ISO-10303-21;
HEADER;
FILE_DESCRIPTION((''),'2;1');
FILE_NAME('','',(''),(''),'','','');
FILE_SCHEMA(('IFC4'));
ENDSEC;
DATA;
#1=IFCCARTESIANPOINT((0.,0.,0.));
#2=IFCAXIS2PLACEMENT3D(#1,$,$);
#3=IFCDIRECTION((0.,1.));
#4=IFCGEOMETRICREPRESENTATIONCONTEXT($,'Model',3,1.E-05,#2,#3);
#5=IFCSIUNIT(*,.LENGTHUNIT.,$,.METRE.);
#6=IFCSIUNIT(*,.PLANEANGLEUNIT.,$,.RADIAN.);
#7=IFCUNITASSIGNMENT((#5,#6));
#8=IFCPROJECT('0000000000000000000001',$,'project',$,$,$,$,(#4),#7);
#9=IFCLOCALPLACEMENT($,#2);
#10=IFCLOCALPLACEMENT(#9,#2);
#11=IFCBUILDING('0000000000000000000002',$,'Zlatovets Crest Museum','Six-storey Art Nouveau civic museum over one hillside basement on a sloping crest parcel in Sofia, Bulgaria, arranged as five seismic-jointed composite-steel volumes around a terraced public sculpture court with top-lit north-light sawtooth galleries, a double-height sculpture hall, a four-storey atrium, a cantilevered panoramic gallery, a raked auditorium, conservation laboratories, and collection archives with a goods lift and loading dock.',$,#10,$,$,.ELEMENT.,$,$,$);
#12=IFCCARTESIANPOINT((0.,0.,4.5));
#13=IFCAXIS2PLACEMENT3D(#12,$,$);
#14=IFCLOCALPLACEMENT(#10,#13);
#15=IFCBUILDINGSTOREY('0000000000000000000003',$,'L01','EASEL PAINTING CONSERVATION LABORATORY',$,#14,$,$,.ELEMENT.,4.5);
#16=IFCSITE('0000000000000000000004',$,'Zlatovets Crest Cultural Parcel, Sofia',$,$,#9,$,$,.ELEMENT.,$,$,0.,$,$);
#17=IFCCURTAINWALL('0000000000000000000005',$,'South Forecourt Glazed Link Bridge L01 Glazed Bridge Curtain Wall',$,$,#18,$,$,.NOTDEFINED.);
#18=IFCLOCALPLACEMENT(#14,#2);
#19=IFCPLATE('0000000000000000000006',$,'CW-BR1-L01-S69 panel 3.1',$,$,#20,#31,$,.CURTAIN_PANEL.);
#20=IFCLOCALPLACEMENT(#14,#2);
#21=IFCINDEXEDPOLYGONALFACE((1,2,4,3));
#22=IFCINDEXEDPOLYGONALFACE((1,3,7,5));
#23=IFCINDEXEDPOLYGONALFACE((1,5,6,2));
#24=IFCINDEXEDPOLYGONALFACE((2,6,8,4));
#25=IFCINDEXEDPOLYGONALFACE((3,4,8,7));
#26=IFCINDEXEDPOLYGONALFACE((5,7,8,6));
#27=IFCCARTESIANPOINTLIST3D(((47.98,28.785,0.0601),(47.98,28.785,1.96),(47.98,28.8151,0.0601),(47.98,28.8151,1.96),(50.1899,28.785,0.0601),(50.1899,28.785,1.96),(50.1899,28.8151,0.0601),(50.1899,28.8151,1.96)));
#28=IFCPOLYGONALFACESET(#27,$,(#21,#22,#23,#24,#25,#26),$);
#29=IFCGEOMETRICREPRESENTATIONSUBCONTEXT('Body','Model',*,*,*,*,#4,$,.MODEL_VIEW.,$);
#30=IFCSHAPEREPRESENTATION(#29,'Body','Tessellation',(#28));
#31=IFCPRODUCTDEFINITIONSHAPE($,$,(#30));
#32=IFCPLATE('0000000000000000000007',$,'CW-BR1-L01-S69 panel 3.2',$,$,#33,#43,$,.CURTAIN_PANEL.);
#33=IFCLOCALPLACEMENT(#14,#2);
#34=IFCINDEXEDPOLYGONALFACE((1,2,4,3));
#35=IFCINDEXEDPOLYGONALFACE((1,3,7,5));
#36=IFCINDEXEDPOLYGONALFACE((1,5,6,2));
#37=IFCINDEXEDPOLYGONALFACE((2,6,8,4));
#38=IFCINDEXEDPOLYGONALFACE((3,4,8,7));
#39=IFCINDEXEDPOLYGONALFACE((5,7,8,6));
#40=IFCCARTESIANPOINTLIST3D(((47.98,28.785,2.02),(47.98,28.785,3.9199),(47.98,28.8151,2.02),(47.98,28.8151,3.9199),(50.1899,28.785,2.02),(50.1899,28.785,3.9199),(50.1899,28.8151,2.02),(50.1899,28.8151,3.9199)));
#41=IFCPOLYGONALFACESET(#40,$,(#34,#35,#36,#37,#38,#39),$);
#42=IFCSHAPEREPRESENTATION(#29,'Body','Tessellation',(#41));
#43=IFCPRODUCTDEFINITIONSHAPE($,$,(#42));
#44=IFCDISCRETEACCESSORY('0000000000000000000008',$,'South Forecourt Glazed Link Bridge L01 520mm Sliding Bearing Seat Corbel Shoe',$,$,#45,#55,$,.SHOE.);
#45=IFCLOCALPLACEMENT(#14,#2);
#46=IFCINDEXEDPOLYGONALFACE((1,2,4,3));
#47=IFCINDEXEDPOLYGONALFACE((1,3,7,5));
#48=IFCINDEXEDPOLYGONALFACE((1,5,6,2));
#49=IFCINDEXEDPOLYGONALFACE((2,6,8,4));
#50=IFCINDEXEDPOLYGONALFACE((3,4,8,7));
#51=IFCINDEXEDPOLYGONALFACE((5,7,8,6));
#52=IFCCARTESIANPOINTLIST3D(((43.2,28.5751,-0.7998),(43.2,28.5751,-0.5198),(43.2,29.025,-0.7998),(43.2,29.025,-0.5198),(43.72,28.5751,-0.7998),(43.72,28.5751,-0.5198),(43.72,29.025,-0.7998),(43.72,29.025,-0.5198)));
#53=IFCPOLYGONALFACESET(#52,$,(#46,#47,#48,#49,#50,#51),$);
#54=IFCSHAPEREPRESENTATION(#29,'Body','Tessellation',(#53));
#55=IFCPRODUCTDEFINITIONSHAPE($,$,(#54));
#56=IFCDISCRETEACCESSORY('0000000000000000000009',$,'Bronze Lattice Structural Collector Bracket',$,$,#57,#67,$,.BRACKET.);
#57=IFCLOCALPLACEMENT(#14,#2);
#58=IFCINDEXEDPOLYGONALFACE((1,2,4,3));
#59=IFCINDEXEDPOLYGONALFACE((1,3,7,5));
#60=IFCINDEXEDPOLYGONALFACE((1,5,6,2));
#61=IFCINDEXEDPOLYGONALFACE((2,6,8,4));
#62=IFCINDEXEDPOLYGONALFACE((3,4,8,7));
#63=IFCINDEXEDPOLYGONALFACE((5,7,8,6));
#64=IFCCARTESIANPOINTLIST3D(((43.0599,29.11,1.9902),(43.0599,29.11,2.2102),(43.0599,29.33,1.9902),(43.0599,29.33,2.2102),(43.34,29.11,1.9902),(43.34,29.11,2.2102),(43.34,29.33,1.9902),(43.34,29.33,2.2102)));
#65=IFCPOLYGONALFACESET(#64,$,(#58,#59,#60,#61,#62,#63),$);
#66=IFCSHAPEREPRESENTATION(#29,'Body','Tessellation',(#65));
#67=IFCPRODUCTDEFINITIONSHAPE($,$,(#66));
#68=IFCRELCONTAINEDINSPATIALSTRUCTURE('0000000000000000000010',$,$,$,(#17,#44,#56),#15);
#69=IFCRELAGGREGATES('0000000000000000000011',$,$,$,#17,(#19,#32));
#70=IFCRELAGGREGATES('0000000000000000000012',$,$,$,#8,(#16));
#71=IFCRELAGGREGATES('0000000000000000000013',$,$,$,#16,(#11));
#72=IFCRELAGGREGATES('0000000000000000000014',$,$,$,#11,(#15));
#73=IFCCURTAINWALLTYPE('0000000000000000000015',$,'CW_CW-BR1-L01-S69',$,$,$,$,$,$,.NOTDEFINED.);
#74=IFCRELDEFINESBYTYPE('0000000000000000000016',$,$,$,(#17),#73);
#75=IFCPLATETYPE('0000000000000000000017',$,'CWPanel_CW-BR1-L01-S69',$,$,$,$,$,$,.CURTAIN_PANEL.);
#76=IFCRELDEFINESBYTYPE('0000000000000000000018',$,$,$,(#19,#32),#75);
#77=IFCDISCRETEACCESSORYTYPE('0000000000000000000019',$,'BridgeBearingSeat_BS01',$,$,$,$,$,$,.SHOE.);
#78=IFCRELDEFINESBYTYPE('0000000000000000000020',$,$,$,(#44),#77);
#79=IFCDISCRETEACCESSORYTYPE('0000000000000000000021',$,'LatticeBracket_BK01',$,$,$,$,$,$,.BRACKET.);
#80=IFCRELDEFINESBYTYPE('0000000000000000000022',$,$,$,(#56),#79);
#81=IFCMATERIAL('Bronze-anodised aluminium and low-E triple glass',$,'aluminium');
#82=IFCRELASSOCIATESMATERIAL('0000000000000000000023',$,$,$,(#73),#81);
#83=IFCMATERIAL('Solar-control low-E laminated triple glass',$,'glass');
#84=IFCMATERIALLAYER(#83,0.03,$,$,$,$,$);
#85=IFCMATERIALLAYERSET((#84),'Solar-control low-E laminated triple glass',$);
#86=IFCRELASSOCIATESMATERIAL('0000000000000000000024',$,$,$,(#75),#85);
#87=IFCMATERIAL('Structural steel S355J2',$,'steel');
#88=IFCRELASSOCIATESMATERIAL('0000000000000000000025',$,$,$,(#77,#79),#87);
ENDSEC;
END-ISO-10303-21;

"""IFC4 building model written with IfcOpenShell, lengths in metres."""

from ifc_helpers import new_model, si_unit, direction, frame, origin, origin_2d, place, context, subcontext, project, spatial, rectangle, extrude, material, layer, layer_set, type_object, element, aggregate, save


model = new_model("IFC4")

# Units and contexts
model_context = context("Model", 3, precision=1e-05, world=origin(), true_north=direction((0.0, 1.0)))
body_context = subcontext(model_context, "Body", "Model", "MODEL_VIEW")
ifc_project = project(units=[si_unit("LENGTHUNIT", "METRE"), si_unit("PLANEANGLEUNIT", "RADIAN")], contexts=[model_context])

# Site, building, storey
site_placement = place(None, origin())
site = spatial("IfcSite", under=ifc_project, at=site_placement, Name="Zlatovets Crest Cultural Parcel, Sofia", CompositionType="ELEMENT", RefElevation=0.0)
building_placement = place(site_placement, origin())
building = spatial("IfcBuilding", under=site, at=building_placement, Name="Zlatovets Crest Museum", Description="Six-storey Art Nouveau civic museum over one hillside basement on a sloping crest parcel in Sofia, Bulgaria, arranged as five seismic-jointed composite-steel volumes around a terraced public sculpture court with top-lit north-light sawtooth galleries, a double-height sculpture hall, a four-storey atrium, a cantilevered panoramic gallery, a raked auditorium, conservation laboratories, and collection archives with a goods lift and loading dock.", CompositionType="ELEMENT")
storey_placement = place(building_placement, frame((0.0, 0.0, 4.5)))
storey = spatial("IfcBuildingStorey", under=building, at=storey_placement, Name="L01", Description="EASEL PAINTING CONSERVATION LABORATORY", CompositionType="ELEMENT", Elevation=4.5)

# Shared definitions
ifc_material_1 = material(Name="Structural steel S355J2", Category="steel")

# Shared definitions
ifc_material_2 = material(Name="Bronze-anodised aluminium and low-E triple glass", Category="aluminium")
curtain_wall_type = type_object("IfcCurtainWallType", Name="CW_CW-BR1-L01-S69", PredefinedType="NOTDEFINED", material=ifc_material_2)

# Curtain wall
curtain_wall_1_placement = place(storey_placement, origin())
curtain_wall_1 = element("IfcCurtainWall", 1, at=curtain_wall_1_placement, inside=storey, type_object=curtain_wall_type, Name="South Forecourt Glazed Link Bridge L01 Glazed Bridge Curtain Wall", PredefinedType="NOTDEFINED")

# Plates
ifc_material_3 = material(Name="Solar-control low-E laminated triple glass", Category="glass")
ifc_layer = layer(ifc_material_3, 0.03)
ifc_layer_set = layer_set([ifc_layer], Name="Solar-control low-E laminated triple glass")
plate_type = type_object("IfcPlateType", Name="CWPanel_CW-BR1-L01-S69", PredefinedType="CURTAIN_PANEL", material=ifc_layer_set)
plate_1_placement = place(storey_placement, frame((49.085, 28.8, 0.0601), z_axis=(0.0, 0.0, 1.0), x_axis=(1.0, 0.0, 0.0)))
plate_1 = element("IfcPlate", 2, at=plate_1_placement, type_object=plate_type, Name="CW-BR1-L01-S69 panel 3.1", PredefinedType="CURTAIN_PANEL", context=body_context, shape_type="SweptSolid", body=[
    extrude(rectangle(XDim=2.21, YDim=0.03, at=origin_2d()), origin(), (0.0, 0.0, 1.0), 1.8999),
])
plate_2_placement = place(storey_placement, frame((49.085, 28.8, 2.02), z_axis=(0.0, 0.0, 1.0), x_axis=(1.0, 0.0, 0.0)))
plate_2 = element("IfcPlate", 3, at=plate_2_placement, type_object=plate_type, Name="CW-BR1-L01-S69 panel 3.2", PredefinedType="CURTAIN_PANEL", context=body_context, shape_type="SweptSolid", body=[
    extrude(rectangle(XDim=2.21, YDim=0.03, at=origin_2d()), origin(), (0.0, 0.0, 1.0), 1.8999),
])
aggregate(curtain_wall_1, [plate_1, plate_2])

# Discrete accessories
discrete_accessory_type_1 = type_object("IfcDiscreteAccessoryType", Name="BridgeBearingSeat_BS01", PredefinedType="SHOE", material=ifc_material_1)
discrete_accessory_1_placement = place(storey_placement, frame((43.46, 28.8, -0.7998), z_axis=(0.0, 0.0, 1.0), x_axis=(1.0, 0.0, 0.0)))
element("IfcDiscreteAccessory", 4, at=discrete_accessory_1_placement, inside=storey, type_object=discrete_accessory_type_1, Name="South Forecourt Glazed Link Bridge L01 520mm Sliding Bearing Seat Corbel Shoe", PredefinedType="SHOE", context=body_context, shape_type="SweptSolid", body=[
    extrude(rectangle(XDim=0.52, YDim=0.45, at=origin_2d()), origin(), (0.0, 0.0, 1.0), 0.28),
])
discrete_accessory_type_2 = type_object("IfcDiscreteAccessoryType", Name="LatticeBracket_BK01", PredefinedType="BRACKET", material=ifc_material_1)
discrete_accessory_2_placement = place(storey_placement, frame((43.2, 29.22, 1.9902), z_axis=(0.0, 0.0, 1.0), x_axis=(1.0, 0.0, 0.0)))
element("IfcDiscreteAccessory", 5, at=discrete_accessory_2_placement, inside=storey, type_object=discrete_accessory_type_2, Name="Bronze Lattice Structural Collector Bracket", PredefinedType="BRACKET", context=body_context, shape_type="SweptSolid", body=[
    extrude(rectangle(XDim=0.28, YDim=0.22, at=origin_2d()), origin(), (0.0, 0.0, 1.0), 0.22),
])

save(model, "model.ifc")
